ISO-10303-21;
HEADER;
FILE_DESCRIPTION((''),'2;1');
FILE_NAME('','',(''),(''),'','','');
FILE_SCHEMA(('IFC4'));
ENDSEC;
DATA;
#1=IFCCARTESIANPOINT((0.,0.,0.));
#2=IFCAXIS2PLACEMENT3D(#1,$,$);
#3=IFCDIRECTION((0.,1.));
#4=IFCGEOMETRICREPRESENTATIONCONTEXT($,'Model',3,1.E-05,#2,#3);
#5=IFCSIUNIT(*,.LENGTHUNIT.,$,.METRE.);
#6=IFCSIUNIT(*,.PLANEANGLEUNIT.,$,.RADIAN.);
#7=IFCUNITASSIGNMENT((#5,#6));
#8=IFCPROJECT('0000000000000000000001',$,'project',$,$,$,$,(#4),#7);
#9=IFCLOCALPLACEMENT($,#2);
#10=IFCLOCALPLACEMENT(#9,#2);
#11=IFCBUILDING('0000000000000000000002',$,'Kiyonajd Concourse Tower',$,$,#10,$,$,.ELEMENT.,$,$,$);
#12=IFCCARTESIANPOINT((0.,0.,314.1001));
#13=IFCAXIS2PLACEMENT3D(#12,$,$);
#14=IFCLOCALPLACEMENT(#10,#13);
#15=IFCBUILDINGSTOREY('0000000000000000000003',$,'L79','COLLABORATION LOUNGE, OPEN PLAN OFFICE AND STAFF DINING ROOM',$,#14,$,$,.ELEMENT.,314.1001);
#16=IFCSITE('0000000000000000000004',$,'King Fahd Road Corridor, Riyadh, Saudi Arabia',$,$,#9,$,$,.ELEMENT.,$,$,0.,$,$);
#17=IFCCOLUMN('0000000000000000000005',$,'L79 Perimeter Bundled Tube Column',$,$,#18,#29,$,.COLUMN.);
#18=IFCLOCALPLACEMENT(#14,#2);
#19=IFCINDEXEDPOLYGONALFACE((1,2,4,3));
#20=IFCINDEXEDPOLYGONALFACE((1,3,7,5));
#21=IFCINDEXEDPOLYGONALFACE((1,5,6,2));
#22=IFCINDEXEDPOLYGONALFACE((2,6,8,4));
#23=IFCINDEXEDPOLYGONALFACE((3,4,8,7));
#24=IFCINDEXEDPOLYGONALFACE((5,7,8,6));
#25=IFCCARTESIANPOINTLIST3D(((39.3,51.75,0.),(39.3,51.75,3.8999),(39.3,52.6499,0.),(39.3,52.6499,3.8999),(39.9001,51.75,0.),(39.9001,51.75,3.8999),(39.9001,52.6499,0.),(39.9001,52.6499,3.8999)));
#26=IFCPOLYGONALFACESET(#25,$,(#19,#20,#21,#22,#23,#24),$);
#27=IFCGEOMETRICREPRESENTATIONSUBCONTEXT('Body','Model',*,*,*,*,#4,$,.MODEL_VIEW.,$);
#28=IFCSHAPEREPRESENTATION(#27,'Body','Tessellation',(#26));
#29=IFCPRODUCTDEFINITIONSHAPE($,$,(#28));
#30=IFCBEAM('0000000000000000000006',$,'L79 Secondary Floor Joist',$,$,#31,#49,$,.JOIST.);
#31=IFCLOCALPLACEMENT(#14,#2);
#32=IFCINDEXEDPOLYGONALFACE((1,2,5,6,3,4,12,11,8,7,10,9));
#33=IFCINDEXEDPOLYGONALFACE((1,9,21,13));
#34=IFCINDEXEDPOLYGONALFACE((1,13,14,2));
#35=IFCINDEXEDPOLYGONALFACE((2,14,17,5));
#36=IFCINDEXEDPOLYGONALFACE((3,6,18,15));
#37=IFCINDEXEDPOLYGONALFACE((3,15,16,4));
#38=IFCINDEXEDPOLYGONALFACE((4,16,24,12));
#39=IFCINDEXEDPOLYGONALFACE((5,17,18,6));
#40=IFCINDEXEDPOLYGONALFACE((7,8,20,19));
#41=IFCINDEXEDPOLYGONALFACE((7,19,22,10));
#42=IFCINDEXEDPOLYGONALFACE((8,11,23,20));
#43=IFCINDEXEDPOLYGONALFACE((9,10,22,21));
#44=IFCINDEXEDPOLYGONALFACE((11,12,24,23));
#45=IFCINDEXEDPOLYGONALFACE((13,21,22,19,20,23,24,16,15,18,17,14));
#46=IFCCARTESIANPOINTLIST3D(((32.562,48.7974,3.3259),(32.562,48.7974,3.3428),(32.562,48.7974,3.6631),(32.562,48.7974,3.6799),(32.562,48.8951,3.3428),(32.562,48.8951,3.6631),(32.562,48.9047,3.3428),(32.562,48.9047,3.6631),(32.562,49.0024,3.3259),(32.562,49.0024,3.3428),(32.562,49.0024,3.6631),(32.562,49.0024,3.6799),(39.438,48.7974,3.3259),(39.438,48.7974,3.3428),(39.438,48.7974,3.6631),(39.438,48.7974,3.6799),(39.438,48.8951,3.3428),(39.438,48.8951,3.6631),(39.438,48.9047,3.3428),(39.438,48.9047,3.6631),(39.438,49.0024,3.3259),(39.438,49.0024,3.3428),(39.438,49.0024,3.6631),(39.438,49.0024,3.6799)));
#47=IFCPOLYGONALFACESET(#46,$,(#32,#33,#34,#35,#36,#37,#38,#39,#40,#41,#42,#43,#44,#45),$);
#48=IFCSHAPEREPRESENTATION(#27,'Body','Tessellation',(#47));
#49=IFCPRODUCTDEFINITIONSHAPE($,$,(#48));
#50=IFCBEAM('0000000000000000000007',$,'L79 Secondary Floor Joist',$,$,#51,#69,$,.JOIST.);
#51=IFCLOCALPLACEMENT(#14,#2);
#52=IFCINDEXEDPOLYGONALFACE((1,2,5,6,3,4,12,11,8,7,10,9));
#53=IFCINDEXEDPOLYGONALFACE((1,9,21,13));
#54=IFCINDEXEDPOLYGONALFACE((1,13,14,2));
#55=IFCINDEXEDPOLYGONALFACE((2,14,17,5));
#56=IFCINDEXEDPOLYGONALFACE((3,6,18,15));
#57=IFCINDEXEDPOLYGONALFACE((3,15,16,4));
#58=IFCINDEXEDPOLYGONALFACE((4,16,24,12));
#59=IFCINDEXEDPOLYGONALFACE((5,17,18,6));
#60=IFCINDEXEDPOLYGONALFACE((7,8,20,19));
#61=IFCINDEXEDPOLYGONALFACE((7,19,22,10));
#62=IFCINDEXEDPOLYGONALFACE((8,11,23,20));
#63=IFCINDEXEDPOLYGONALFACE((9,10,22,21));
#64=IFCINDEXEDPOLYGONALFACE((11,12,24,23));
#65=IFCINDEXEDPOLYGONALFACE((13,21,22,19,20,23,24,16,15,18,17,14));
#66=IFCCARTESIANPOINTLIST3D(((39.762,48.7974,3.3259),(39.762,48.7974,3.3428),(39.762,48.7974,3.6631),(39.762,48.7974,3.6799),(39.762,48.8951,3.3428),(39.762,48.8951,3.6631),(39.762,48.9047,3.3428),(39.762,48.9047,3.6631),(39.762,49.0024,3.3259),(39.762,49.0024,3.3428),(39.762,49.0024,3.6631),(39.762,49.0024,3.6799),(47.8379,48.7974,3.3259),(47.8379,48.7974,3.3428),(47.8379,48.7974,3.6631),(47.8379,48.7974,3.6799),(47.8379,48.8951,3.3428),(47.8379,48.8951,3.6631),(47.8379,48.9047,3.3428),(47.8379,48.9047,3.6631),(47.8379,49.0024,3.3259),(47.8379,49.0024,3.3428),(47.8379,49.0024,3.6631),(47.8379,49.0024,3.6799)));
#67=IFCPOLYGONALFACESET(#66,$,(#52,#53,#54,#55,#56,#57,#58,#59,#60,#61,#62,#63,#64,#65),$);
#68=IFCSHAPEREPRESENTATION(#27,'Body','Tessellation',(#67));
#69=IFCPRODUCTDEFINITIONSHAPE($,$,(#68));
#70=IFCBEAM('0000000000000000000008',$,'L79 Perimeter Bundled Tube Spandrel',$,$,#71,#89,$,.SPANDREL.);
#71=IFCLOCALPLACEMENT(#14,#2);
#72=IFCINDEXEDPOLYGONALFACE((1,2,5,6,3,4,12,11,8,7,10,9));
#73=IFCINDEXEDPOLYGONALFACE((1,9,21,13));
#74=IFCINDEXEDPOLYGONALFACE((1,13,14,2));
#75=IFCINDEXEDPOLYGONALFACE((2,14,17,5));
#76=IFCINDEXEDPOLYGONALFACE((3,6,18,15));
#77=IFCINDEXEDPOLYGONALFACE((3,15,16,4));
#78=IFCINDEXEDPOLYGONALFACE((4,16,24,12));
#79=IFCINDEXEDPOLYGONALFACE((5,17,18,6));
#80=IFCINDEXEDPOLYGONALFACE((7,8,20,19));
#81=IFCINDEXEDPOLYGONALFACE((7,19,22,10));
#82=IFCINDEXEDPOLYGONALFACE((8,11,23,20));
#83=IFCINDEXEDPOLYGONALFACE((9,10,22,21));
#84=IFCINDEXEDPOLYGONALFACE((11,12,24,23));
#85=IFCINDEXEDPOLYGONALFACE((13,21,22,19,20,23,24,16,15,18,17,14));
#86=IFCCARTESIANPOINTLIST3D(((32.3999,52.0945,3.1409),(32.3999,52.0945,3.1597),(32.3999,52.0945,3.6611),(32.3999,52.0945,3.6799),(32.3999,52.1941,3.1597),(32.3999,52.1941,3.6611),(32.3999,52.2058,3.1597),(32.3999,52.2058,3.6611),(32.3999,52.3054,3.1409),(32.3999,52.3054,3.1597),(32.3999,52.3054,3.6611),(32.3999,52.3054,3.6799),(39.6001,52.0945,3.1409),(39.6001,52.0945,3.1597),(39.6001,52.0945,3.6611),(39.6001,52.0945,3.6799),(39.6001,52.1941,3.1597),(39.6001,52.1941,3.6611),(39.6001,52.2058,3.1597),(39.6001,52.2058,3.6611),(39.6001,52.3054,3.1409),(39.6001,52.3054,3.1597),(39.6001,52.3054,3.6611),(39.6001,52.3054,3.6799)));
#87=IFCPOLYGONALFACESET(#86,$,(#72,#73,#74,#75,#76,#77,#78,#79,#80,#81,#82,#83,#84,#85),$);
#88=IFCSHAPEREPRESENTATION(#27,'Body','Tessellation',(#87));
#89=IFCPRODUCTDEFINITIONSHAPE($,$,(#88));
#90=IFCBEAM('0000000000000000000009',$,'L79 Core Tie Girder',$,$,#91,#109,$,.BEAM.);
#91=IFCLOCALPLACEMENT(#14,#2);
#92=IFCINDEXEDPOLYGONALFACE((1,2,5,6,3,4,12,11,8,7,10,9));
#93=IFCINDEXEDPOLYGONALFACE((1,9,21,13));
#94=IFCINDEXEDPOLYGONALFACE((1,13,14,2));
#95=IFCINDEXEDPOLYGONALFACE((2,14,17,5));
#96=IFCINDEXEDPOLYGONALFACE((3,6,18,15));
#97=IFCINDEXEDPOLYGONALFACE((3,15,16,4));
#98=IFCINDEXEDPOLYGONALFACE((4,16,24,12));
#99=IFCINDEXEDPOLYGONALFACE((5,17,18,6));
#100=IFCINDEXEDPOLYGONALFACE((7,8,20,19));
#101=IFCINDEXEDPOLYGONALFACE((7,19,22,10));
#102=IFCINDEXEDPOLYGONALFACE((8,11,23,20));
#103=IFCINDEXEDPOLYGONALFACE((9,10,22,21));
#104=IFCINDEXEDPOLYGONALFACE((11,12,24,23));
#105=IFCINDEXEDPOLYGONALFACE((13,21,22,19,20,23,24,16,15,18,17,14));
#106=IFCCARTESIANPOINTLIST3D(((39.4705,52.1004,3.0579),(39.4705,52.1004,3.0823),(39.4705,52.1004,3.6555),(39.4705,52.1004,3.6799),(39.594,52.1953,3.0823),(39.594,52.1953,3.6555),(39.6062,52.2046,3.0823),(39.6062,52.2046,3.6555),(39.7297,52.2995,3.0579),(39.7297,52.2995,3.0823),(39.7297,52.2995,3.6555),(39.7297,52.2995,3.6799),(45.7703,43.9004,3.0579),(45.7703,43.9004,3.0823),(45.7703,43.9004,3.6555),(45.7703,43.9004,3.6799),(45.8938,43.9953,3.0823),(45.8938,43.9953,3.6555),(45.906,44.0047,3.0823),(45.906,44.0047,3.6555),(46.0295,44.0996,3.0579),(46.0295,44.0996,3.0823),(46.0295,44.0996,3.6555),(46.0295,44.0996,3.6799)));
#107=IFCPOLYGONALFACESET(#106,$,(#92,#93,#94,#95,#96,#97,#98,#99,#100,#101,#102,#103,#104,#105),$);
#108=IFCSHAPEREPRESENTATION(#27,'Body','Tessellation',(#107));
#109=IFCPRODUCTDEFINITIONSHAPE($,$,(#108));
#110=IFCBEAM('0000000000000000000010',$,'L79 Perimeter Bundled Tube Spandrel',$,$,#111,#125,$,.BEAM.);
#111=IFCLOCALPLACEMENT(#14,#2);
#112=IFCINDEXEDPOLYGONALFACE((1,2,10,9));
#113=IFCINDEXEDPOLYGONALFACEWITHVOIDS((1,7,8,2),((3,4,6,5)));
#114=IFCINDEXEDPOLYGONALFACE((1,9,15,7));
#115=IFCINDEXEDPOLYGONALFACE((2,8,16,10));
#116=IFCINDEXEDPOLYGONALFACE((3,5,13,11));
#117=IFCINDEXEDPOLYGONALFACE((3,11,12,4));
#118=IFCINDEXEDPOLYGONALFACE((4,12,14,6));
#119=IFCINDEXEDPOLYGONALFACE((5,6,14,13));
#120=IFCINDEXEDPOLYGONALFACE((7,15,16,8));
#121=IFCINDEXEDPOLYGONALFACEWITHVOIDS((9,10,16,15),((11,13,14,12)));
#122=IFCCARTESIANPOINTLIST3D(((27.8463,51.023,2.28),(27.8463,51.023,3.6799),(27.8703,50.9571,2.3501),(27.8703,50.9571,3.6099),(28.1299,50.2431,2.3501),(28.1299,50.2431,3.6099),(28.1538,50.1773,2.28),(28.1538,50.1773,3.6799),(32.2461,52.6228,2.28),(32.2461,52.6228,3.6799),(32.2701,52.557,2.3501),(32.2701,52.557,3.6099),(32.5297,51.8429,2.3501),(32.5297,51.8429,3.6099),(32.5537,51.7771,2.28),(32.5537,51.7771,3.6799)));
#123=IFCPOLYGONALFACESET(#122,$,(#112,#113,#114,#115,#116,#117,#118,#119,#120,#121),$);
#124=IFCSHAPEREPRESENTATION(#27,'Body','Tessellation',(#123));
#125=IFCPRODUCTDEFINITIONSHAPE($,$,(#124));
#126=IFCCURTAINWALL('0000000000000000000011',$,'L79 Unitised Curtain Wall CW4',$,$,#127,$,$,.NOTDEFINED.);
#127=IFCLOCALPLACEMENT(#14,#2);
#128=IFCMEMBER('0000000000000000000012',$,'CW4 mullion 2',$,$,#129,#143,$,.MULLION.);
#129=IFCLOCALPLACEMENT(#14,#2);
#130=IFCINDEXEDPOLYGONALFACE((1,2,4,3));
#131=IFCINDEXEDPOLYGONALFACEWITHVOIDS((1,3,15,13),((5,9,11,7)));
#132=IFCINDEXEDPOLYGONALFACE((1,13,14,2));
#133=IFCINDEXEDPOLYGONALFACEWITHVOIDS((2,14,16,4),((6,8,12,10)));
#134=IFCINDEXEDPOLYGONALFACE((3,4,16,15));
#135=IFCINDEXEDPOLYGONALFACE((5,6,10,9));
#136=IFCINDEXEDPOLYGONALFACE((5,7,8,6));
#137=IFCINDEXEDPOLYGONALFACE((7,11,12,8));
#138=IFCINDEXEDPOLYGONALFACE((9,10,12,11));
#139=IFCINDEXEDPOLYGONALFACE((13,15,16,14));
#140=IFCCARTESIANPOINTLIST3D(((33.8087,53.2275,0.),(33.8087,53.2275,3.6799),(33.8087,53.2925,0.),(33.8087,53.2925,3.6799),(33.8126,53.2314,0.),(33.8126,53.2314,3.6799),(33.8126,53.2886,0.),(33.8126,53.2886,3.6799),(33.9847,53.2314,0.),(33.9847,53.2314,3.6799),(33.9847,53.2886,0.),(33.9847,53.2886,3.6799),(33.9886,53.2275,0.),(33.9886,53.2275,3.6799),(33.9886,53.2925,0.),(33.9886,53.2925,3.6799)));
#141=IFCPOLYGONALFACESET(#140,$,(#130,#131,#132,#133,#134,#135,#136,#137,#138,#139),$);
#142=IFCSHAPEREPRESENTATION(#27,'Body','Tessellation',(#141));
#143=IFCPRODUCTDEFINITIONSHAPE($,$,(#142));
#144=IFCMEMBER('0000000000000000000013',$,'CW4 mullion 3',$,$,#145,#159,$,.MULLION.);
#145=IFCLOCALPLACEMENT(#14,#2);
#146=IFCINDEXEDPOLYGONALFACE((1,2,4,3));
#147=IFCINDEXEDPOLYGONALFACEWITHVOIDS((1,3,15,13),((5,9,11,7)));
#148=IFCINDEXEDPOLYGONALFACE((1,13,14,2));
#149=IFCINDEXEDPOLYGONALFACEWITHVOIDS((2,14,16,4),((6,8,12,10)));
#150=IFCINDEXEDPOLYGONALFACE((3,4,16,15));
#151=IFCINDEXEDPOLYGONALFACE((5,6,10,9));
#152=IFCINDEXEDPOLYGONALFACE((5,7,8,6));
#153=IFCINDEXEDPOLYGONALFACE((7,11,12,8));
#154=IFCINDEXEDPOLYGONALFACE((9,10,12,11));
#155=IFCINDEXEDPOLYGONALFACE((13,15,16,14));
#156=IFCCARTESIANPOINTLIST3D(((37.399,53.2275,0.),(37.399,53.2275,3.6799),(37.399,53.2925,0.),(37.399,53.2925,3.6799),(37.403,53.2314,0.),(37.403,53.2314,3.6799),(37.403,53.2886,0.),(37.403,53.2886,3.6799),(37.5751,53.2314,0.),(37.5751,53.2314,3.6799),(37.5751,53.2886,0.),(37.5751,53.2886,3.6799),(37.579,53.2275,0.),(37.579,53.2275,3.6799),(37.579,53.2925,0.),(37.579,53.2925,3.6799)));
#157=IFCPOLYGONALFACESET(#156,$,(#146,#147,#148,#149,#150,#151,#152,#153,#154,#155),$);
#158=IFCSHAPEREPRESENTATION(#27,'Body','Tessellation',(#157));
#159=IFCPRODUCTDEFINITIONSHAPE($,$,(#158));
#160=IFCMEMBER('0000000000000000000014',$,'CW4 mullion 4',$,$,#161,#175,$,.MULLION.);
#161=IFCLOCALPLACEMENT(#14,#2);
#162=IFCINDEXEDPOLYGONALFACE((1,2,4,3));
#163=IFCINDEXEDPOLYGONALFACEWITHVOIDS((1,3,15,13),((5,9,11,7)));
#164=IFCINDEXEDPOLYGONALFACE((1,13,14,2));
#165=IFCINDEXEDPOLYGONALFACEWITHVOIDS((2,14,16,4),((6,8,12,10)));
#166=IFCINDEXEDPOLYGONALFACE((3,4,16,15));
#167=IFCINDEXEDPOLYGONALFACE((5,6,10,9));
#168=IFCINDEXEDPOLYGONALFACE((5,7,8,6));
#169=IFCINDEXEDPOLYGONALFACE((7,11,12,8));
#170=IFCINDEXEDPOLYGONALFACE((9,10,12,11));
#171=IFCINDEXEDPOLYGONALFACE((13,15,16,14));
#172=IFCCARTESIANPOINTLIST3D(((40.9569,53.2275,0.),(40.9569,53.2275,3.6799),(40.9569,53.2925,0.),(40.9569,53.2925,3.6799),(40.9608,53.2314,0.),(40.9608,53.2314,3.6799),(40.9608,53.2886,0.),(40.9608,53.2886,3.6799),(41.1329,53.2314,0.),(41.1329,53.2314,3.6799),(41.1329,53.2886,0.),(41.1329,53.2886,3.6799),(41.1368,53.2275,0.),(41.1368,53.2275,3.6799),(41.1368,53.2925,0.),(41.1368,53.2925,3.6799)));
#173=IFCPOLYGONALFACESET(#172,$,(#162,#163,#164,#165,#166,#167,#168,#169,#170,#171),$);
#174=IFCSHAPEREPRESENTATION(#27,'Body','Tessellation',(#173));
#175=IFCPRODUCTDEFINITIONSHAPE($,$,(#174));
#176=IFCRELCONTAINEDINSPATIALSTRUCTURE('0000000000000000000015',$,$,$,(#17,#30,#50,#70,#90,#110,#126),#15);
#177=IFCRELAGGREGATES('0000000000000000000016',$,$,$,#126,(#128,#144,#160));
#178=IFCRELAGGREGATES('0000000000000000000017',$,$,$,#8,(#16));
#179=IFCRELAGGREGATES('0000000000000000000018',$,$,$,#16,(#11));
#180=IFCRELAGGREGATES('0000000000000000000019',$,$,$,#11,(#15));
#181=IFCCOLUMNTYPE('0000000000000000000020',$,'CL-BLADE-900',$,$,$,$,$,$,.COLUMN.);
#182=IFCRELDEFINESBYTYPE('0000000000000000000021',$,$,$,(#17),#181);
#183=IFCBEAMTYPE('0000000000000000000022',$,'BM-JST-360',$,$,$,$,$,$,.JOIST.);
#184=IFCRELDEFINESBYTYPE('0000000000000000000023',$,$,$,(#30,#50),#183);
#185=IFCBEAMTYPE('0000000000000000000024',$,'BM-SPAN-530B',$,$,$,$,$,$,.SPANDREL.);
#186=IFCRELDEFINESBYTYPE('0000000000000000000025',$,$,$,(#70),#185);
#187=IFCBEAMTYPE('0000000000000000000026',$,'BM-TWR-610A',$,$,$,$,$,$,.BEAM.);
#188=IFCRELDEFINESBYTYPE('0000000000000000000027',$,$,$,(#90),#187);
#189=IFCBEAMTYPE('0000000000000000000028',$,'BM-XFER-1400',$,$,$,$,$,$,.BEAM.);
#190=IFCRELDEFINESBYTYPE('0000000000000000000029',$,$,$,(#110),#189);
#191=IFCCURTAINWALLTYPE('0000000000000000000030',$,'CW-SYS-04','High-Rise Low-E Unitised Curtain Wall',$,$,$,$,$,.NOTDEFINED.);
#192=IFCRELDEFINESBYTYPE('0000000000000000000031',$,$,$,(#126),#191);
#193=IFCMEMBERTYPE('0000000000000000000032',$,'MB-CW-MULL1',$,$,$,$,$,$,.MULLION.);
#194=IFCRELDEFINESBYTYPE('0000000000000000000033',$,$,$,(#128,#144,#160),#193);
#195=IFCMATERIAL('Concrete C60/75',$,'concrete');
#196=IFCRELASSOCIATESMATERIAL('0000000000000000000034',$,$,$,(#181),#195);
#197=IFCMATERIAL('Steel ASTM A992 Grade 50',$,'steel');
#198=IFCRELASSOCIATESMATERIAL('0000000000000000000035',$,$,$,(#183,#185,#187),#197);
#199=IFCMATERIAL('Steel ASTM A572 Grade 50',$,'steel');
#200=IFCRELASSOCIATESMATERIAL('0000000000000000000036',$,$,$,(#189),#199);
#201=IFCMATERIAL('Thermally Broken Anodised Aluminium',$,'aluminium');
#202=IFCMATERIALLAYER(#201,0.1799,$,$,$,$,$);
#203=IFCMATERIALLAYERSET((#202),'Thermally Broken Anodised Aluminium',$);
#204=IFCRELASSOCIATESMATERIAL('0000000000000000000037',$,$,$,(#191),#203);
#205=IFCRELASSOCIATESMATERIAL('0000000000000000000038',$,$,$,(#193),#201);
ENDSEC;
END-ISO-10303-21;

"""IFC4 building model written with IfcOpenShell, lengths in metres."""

from ifc_helpers import new_model, si_unit, direction, frame, origin, origin_2d, place, context, subcontext, project, spatial, rectangle, hollow_rectangle, i_section, extrude, material, layer, layer_set, material_profile, profile_set, type_object, element, aggregate, save


model = new_model("IFC4")

# Units and contexts
model_context = context("Model", 3, precision=1e-05, world=origin(), true_north=direction((0.0, 1.0)))
body_context = subcontext(model_context, "Body", "Model", "MODEL_VIEW")
ifc_project = project(units=[si_unit("LENGTHUNIT", "METRE"), si_unit("PLANEANGLEUNIT", "RADIAN")], contexts=[model_context])

# Site, building, storey
site_placement = place(None, origin())
site = spatial("IfcSite", under=ifc_project, at=site_placement, Name="King Fahd Road Corridor, Riyadh, Saudi Arabia", CompositionType="ELEMENT", RefElevation=0.0)
building_placement = place(site_placement, origin())
building = spatial("IfcBuilding", under=site, at=building_placement, Name="Kiyonajd Concourse Tower", CompositionType="ELEMENT")
storey_placement = place(building_placement, frame((0.0, 0.0, 314.1001)))
storey = spatial("IfcBuildingStorey", under=building, at=storey_placement, Name="L79", Description="COLLABORATION LOUNGE, OPEN PLAN OFFICE AND STAFF DINING ROOM", CompositionType="ELEMENT", Elevation=314.1001)

# Column
ifc_material_1 = material(Name="Concrete C60/75", Category="concrete")
ifc_material_profile_1 = material_profile(ifc_material_1, rectangle(XDim=0.6001, YDim=0.8999, at=origin_2d()), Name="RC-900x600")
ifc_profile_set_1 = profile_set([ifc_material_profile_1], Name="Concrete C60/75")
column_type = type_object("IfcColumnType", Name="CL-BLADE-900", PredefinedType="COLUMN", material=ifc_profile_set_1)
column_placement = place(storey_placement, frame((39.6001, 52.2, 0.0), z_axis=(0.0, 0.0, 1.0), x_axis=(1.0, 0.0, 0.0)))
element("IfcColumn", 1, at=column_placement, inside=storey, type_object=column_type, Name="L79 Perimeter Bundled Tube Column", PredefinedType="COLUMN", context=body_context, shape_type="SweptSolid", body=[
    extrude(rectangle(XDim=0.6001, YDim=0.8999, at=origin_2d()), origin(), (0.0, 0.0, 1.0), 3.8999),
])

# Beams
ifc_material_2 = material(Name="Steel ASTM A992 Grade 50", Category="steel")
ifc_material_profile_2 = material_profile(ifc_material_2, i_section(OverallWidth=0.2051, OverallDepth=0.354, WebThickness=0.0095, FlangeThickness=0.0168, at=origin_2d()), Name="W360X79")
ifc_profile_set_2 = profile_set([ifc_material_profile_2], Name="Steel ASTM A992 Grade 50")
beam_type_1 = type_object("IfcBeamType", Name="BM-JST-360", PredefinedType="JOIST", material=ifc_profile_set_2)
beam_1_placement = place(storey_placement, frame((32.562, 48.8999, 3.5029), z_axis=(1.0, 0.0, 0.0), x_axis=(0.0, 1.0, 0.0)))
element("IfcBeam", 2, at=beam_1_placement, inside=storey, type_object=beam_type_1, Name="L79 Secondary Floor Joist", PredefinedType="JOIST", context=body_context, shape_type="SweptSolid", body=[
    extrude(i_section(OverallWidth=0.2051, OverallDepth=0.354, WebThickness=0.0095, FlangeThickness=0.0168, at=origin_2d()), origin(), (0.0, 0.0, 1.0), 6.876),
])
beam_2_placement = place(storey_placement, frame((39.762, 48.8999, 3.5029), z_axis=(1.0, 0.0, 0.0), x_axis=(0.0, 1.0, 0.0)))
element("IfcBeam", 3, at=beam_2_placement, inside=storey, type_object=beam_type_1, Name="L79 Secondary Floor Joist", PredefinedType="JOIST", context=body_context, shape_type="SweptSolid", body=[
    extrude(i_section(OverallWidth=0.2051, OverallDepth=0.354, WebThickness=0.0095, FlangeThickness=0.0168, at=origin_2d()), origin(), (0.0, 0.0, 1.0), 8.0759),
])
ifc_material_profile_3 = material_profile(ifc_material_2, i_section(OverallWidth=0.2109, OverallDepth=0.5391, WebThickness=0.0117, FlangeThickness=0.0188, at=origin_2d()), Name="W530X109")
ifc_profile_set_3 = profile_set([ifc_material_profile_3], Name="Steel ASTM A992 Grade 50")
beam_type_2 = type_object("IfcBeamType", Name="BM-SPAN-530B", PredefinedType="SPANDREL", material=ifc_profile_set_3)
beam_3_placement = place(storey_placement, frame((39.6001, 52.2, 3.4104), z_axis=(-1.0, 0.0, 0.0), x_axis=(0.0, -1.0, 0.0)))
element("IfcBeam", 4, at=beam_3_placement, inside=storey, type_object=beam_type_2, Name="L79 Perimeter Bundled Tube Spandrel", PredefinedType="SPANDREL", context=body_context, shape_type="SweptSolid", body=[
    extrude(i_section(OverallWidth=0.2109, OverallDepth=0.5391, WebThickness=0.0117, FlangeThickness=0.0188, at=origin_2d()), origin(), (0.0, 0.0, 1.0), 7.2002),
])
ifc_material_profile_4 = material_profile(ifc_material_2, i_section(OverallWidth=0.3269, OverallDepth=0.6221, WebThickness=0.0154, FlangeThickness=0.0244, at=origin_2d()), Name="W610X195")
ifc_profile_set_4 = profile_set([ifc_material_profile_4], Name="Steel ASTM A992 Grade 50")
beam_type_3 = type_object("IfcBeamType", Name="BM-TWR-610A", PredefinedType="BEAM", material=ifc_profile_set_4)
beam_4_placement = place(storey_placement, frame((39.6001, 52.2, 3.3689), z_axis=(0.609234, -0.792991, 0.0), x_axis=(0.792991, 0.609234, 0.0)))
element("IfcBeam", 5, at=beam_4_placement, inside=storey, type_object=beam_type_3, Name="L79 Core Tie Girder", PredefinedType="BEAM", context=body_context, shape_type="SweptSolid", body=[
    extrude(i_section(OverallWidth=0.3269, OverallDepth=0.6221, WebThickness=0.0154, FlangeThickness=0.0244, at=origin_2d()), origin(), (0.0, 0.0, 1.0), 10.3406),
])
ifc_material_3 = material(Name="Steel ASTM A572 Grade 50", Category="steel")
ifc_material_profile_5 = material_profile(ifc_material_3, hollow_rectangle(XDim=0.8999, YDim=1.3999, WallThickness=0.0701, at=origin_2d()), Name="BOX-1400x900x70")
ifc_profile_set_5 = profile_set([ifc_material_profile_5], Name="Steel ASTM A572 Grade 50")
beam_type_4 = type_object("IfcBeamType", Name="BM-XFER-1400", PredefinedType="BEAM", material=ifc_profile_set_5)
beam_5_placement = place(storey_placement, frame((32.3999, 52.2, 2.98), z_axis=(-0.939801, -0.341722, 0.0), x_axis=(0.341722, -0.939801, 0.0)))
element("IfcBeam", 6, at=beam_5_placement, inside=storey, type_object=beam_type_4, Name="L79 Perimeter Bundled Tube Spandrel", PredefinedType="BEAM", context=body_context, shape_type="SweptSolid", body=[
    extrude(hollow_rectangle(XDim=0.8999, YDim=1.3999, WallThickness=0.0701, at=origin_2d()), origin(), (0.0, 0.0, 1.0), 4.6816),
])

# Curtain wall, members
ifc_material_4 = material(Name="Thermally Broken Anodised Aluminium", Category="aluminium")
ifc_layer_1 = layer(ifc_material_4, 0.1799)
ifc_layer_set_1 = layer_set([ifc_layer_1], Name="Thermally Broken Anodised Aluminium")
curtain_wall_type = type_object("IfcCurtainWallType", Name="CW-SYS-04", Description="High-Rise Low-E Unitised Curtain Wall", PredefinedType="NOTDEFINED", material=ifc_layer_set_1)
curtain_wall_placement = place(storey_placement, origin())
curtain_wall = element("IfcCurtainWall", 7, at=curtain_wall_placement, inside=storey, type_object=curtain_wall_type, Name="L79 Unitised Curtain Wall CW4", PredefinedType="NOTDEFINED")
ifc_material_profile_6 = material_profile(ifc_material_4, hollow_rectangle(XDim=0.0649, YDim=0.1799, WallThickness=0.0039, at=origin_2d()), Name="MULL-65x180")
ifc_profile_set_6 = profile_set([ifc_material_profile_6], Name="Thermally Broken Anodised Aluminium")
member_type_1 = type_object("IfcMemberType", Name="MB-CW-MULL1", PredefinedType="MULLION", material=ifc_profile_set_6)
member_1_placement = place(storey_placement, frame((33.8987, 53.26, 0.0), z_axis=(0.0, 0.0, 1.0), x_axis=(0.0, 1.0, 0.0)))
member_1 = element("IfcMember", 8, at=member_1_placement, type_object=member_type_1, Name="CW4 mullion 2", PredefinedType="MULLION", context=body_context, shape_type="SweptSolid", body=[
    extrude(hollow_rectangle(XDim=0.0649, YDim=0.1799, WallThickness=0.0039, at=origin_2d()), origin(), (0.0, 0.0, 1.0), 3.6799),
])
member_2_placement = place(storey_placement, frame((37.489, 53.26, 0.0), z_axis=(0.0, 0.0, 1.0), x_axis=(0.0, 1.0, 0.0)))
member_2 = element("IfcMember", 9, at=member_2_placement, type_object=member_type_1, Name="CW4 mullion 3", PredefinedType="MULLION", context=body_context, shape_type="SweptSolid", body=[
    extrude(hollow_rectangle(XDim=0.0649, YDim=0.1799, WallThickness=0.0039, at=origin_2d()), origin(), (0.0, 0.0, 1.0), 3.6799),
])
member_3_placement = place(storey_placement, frame((41.0469, 53.26, 0.0), z_axis=(0.0, 0.0, 1.0), x_axis=(0.0, 1.0, 0.0)))
member_3 = element("IfcMember", 10, at=member_3_placement, type_object=member_type_1, Name="CW4 mullion 4", PredefinedType="MULLION", context=body_context, shape_type="SweptSolid", body=[
    extrude(hollow_rectangle(XDim=0.0649, YDim=0.1799, WallThickness=0.0039, at=origin_2d()), origin(), (0.0, 0.0, 1.0), 3.6799),
])

aggregate(curtain_wall, [member_1, member_2, member_3])

save(model, "model.ifc")
